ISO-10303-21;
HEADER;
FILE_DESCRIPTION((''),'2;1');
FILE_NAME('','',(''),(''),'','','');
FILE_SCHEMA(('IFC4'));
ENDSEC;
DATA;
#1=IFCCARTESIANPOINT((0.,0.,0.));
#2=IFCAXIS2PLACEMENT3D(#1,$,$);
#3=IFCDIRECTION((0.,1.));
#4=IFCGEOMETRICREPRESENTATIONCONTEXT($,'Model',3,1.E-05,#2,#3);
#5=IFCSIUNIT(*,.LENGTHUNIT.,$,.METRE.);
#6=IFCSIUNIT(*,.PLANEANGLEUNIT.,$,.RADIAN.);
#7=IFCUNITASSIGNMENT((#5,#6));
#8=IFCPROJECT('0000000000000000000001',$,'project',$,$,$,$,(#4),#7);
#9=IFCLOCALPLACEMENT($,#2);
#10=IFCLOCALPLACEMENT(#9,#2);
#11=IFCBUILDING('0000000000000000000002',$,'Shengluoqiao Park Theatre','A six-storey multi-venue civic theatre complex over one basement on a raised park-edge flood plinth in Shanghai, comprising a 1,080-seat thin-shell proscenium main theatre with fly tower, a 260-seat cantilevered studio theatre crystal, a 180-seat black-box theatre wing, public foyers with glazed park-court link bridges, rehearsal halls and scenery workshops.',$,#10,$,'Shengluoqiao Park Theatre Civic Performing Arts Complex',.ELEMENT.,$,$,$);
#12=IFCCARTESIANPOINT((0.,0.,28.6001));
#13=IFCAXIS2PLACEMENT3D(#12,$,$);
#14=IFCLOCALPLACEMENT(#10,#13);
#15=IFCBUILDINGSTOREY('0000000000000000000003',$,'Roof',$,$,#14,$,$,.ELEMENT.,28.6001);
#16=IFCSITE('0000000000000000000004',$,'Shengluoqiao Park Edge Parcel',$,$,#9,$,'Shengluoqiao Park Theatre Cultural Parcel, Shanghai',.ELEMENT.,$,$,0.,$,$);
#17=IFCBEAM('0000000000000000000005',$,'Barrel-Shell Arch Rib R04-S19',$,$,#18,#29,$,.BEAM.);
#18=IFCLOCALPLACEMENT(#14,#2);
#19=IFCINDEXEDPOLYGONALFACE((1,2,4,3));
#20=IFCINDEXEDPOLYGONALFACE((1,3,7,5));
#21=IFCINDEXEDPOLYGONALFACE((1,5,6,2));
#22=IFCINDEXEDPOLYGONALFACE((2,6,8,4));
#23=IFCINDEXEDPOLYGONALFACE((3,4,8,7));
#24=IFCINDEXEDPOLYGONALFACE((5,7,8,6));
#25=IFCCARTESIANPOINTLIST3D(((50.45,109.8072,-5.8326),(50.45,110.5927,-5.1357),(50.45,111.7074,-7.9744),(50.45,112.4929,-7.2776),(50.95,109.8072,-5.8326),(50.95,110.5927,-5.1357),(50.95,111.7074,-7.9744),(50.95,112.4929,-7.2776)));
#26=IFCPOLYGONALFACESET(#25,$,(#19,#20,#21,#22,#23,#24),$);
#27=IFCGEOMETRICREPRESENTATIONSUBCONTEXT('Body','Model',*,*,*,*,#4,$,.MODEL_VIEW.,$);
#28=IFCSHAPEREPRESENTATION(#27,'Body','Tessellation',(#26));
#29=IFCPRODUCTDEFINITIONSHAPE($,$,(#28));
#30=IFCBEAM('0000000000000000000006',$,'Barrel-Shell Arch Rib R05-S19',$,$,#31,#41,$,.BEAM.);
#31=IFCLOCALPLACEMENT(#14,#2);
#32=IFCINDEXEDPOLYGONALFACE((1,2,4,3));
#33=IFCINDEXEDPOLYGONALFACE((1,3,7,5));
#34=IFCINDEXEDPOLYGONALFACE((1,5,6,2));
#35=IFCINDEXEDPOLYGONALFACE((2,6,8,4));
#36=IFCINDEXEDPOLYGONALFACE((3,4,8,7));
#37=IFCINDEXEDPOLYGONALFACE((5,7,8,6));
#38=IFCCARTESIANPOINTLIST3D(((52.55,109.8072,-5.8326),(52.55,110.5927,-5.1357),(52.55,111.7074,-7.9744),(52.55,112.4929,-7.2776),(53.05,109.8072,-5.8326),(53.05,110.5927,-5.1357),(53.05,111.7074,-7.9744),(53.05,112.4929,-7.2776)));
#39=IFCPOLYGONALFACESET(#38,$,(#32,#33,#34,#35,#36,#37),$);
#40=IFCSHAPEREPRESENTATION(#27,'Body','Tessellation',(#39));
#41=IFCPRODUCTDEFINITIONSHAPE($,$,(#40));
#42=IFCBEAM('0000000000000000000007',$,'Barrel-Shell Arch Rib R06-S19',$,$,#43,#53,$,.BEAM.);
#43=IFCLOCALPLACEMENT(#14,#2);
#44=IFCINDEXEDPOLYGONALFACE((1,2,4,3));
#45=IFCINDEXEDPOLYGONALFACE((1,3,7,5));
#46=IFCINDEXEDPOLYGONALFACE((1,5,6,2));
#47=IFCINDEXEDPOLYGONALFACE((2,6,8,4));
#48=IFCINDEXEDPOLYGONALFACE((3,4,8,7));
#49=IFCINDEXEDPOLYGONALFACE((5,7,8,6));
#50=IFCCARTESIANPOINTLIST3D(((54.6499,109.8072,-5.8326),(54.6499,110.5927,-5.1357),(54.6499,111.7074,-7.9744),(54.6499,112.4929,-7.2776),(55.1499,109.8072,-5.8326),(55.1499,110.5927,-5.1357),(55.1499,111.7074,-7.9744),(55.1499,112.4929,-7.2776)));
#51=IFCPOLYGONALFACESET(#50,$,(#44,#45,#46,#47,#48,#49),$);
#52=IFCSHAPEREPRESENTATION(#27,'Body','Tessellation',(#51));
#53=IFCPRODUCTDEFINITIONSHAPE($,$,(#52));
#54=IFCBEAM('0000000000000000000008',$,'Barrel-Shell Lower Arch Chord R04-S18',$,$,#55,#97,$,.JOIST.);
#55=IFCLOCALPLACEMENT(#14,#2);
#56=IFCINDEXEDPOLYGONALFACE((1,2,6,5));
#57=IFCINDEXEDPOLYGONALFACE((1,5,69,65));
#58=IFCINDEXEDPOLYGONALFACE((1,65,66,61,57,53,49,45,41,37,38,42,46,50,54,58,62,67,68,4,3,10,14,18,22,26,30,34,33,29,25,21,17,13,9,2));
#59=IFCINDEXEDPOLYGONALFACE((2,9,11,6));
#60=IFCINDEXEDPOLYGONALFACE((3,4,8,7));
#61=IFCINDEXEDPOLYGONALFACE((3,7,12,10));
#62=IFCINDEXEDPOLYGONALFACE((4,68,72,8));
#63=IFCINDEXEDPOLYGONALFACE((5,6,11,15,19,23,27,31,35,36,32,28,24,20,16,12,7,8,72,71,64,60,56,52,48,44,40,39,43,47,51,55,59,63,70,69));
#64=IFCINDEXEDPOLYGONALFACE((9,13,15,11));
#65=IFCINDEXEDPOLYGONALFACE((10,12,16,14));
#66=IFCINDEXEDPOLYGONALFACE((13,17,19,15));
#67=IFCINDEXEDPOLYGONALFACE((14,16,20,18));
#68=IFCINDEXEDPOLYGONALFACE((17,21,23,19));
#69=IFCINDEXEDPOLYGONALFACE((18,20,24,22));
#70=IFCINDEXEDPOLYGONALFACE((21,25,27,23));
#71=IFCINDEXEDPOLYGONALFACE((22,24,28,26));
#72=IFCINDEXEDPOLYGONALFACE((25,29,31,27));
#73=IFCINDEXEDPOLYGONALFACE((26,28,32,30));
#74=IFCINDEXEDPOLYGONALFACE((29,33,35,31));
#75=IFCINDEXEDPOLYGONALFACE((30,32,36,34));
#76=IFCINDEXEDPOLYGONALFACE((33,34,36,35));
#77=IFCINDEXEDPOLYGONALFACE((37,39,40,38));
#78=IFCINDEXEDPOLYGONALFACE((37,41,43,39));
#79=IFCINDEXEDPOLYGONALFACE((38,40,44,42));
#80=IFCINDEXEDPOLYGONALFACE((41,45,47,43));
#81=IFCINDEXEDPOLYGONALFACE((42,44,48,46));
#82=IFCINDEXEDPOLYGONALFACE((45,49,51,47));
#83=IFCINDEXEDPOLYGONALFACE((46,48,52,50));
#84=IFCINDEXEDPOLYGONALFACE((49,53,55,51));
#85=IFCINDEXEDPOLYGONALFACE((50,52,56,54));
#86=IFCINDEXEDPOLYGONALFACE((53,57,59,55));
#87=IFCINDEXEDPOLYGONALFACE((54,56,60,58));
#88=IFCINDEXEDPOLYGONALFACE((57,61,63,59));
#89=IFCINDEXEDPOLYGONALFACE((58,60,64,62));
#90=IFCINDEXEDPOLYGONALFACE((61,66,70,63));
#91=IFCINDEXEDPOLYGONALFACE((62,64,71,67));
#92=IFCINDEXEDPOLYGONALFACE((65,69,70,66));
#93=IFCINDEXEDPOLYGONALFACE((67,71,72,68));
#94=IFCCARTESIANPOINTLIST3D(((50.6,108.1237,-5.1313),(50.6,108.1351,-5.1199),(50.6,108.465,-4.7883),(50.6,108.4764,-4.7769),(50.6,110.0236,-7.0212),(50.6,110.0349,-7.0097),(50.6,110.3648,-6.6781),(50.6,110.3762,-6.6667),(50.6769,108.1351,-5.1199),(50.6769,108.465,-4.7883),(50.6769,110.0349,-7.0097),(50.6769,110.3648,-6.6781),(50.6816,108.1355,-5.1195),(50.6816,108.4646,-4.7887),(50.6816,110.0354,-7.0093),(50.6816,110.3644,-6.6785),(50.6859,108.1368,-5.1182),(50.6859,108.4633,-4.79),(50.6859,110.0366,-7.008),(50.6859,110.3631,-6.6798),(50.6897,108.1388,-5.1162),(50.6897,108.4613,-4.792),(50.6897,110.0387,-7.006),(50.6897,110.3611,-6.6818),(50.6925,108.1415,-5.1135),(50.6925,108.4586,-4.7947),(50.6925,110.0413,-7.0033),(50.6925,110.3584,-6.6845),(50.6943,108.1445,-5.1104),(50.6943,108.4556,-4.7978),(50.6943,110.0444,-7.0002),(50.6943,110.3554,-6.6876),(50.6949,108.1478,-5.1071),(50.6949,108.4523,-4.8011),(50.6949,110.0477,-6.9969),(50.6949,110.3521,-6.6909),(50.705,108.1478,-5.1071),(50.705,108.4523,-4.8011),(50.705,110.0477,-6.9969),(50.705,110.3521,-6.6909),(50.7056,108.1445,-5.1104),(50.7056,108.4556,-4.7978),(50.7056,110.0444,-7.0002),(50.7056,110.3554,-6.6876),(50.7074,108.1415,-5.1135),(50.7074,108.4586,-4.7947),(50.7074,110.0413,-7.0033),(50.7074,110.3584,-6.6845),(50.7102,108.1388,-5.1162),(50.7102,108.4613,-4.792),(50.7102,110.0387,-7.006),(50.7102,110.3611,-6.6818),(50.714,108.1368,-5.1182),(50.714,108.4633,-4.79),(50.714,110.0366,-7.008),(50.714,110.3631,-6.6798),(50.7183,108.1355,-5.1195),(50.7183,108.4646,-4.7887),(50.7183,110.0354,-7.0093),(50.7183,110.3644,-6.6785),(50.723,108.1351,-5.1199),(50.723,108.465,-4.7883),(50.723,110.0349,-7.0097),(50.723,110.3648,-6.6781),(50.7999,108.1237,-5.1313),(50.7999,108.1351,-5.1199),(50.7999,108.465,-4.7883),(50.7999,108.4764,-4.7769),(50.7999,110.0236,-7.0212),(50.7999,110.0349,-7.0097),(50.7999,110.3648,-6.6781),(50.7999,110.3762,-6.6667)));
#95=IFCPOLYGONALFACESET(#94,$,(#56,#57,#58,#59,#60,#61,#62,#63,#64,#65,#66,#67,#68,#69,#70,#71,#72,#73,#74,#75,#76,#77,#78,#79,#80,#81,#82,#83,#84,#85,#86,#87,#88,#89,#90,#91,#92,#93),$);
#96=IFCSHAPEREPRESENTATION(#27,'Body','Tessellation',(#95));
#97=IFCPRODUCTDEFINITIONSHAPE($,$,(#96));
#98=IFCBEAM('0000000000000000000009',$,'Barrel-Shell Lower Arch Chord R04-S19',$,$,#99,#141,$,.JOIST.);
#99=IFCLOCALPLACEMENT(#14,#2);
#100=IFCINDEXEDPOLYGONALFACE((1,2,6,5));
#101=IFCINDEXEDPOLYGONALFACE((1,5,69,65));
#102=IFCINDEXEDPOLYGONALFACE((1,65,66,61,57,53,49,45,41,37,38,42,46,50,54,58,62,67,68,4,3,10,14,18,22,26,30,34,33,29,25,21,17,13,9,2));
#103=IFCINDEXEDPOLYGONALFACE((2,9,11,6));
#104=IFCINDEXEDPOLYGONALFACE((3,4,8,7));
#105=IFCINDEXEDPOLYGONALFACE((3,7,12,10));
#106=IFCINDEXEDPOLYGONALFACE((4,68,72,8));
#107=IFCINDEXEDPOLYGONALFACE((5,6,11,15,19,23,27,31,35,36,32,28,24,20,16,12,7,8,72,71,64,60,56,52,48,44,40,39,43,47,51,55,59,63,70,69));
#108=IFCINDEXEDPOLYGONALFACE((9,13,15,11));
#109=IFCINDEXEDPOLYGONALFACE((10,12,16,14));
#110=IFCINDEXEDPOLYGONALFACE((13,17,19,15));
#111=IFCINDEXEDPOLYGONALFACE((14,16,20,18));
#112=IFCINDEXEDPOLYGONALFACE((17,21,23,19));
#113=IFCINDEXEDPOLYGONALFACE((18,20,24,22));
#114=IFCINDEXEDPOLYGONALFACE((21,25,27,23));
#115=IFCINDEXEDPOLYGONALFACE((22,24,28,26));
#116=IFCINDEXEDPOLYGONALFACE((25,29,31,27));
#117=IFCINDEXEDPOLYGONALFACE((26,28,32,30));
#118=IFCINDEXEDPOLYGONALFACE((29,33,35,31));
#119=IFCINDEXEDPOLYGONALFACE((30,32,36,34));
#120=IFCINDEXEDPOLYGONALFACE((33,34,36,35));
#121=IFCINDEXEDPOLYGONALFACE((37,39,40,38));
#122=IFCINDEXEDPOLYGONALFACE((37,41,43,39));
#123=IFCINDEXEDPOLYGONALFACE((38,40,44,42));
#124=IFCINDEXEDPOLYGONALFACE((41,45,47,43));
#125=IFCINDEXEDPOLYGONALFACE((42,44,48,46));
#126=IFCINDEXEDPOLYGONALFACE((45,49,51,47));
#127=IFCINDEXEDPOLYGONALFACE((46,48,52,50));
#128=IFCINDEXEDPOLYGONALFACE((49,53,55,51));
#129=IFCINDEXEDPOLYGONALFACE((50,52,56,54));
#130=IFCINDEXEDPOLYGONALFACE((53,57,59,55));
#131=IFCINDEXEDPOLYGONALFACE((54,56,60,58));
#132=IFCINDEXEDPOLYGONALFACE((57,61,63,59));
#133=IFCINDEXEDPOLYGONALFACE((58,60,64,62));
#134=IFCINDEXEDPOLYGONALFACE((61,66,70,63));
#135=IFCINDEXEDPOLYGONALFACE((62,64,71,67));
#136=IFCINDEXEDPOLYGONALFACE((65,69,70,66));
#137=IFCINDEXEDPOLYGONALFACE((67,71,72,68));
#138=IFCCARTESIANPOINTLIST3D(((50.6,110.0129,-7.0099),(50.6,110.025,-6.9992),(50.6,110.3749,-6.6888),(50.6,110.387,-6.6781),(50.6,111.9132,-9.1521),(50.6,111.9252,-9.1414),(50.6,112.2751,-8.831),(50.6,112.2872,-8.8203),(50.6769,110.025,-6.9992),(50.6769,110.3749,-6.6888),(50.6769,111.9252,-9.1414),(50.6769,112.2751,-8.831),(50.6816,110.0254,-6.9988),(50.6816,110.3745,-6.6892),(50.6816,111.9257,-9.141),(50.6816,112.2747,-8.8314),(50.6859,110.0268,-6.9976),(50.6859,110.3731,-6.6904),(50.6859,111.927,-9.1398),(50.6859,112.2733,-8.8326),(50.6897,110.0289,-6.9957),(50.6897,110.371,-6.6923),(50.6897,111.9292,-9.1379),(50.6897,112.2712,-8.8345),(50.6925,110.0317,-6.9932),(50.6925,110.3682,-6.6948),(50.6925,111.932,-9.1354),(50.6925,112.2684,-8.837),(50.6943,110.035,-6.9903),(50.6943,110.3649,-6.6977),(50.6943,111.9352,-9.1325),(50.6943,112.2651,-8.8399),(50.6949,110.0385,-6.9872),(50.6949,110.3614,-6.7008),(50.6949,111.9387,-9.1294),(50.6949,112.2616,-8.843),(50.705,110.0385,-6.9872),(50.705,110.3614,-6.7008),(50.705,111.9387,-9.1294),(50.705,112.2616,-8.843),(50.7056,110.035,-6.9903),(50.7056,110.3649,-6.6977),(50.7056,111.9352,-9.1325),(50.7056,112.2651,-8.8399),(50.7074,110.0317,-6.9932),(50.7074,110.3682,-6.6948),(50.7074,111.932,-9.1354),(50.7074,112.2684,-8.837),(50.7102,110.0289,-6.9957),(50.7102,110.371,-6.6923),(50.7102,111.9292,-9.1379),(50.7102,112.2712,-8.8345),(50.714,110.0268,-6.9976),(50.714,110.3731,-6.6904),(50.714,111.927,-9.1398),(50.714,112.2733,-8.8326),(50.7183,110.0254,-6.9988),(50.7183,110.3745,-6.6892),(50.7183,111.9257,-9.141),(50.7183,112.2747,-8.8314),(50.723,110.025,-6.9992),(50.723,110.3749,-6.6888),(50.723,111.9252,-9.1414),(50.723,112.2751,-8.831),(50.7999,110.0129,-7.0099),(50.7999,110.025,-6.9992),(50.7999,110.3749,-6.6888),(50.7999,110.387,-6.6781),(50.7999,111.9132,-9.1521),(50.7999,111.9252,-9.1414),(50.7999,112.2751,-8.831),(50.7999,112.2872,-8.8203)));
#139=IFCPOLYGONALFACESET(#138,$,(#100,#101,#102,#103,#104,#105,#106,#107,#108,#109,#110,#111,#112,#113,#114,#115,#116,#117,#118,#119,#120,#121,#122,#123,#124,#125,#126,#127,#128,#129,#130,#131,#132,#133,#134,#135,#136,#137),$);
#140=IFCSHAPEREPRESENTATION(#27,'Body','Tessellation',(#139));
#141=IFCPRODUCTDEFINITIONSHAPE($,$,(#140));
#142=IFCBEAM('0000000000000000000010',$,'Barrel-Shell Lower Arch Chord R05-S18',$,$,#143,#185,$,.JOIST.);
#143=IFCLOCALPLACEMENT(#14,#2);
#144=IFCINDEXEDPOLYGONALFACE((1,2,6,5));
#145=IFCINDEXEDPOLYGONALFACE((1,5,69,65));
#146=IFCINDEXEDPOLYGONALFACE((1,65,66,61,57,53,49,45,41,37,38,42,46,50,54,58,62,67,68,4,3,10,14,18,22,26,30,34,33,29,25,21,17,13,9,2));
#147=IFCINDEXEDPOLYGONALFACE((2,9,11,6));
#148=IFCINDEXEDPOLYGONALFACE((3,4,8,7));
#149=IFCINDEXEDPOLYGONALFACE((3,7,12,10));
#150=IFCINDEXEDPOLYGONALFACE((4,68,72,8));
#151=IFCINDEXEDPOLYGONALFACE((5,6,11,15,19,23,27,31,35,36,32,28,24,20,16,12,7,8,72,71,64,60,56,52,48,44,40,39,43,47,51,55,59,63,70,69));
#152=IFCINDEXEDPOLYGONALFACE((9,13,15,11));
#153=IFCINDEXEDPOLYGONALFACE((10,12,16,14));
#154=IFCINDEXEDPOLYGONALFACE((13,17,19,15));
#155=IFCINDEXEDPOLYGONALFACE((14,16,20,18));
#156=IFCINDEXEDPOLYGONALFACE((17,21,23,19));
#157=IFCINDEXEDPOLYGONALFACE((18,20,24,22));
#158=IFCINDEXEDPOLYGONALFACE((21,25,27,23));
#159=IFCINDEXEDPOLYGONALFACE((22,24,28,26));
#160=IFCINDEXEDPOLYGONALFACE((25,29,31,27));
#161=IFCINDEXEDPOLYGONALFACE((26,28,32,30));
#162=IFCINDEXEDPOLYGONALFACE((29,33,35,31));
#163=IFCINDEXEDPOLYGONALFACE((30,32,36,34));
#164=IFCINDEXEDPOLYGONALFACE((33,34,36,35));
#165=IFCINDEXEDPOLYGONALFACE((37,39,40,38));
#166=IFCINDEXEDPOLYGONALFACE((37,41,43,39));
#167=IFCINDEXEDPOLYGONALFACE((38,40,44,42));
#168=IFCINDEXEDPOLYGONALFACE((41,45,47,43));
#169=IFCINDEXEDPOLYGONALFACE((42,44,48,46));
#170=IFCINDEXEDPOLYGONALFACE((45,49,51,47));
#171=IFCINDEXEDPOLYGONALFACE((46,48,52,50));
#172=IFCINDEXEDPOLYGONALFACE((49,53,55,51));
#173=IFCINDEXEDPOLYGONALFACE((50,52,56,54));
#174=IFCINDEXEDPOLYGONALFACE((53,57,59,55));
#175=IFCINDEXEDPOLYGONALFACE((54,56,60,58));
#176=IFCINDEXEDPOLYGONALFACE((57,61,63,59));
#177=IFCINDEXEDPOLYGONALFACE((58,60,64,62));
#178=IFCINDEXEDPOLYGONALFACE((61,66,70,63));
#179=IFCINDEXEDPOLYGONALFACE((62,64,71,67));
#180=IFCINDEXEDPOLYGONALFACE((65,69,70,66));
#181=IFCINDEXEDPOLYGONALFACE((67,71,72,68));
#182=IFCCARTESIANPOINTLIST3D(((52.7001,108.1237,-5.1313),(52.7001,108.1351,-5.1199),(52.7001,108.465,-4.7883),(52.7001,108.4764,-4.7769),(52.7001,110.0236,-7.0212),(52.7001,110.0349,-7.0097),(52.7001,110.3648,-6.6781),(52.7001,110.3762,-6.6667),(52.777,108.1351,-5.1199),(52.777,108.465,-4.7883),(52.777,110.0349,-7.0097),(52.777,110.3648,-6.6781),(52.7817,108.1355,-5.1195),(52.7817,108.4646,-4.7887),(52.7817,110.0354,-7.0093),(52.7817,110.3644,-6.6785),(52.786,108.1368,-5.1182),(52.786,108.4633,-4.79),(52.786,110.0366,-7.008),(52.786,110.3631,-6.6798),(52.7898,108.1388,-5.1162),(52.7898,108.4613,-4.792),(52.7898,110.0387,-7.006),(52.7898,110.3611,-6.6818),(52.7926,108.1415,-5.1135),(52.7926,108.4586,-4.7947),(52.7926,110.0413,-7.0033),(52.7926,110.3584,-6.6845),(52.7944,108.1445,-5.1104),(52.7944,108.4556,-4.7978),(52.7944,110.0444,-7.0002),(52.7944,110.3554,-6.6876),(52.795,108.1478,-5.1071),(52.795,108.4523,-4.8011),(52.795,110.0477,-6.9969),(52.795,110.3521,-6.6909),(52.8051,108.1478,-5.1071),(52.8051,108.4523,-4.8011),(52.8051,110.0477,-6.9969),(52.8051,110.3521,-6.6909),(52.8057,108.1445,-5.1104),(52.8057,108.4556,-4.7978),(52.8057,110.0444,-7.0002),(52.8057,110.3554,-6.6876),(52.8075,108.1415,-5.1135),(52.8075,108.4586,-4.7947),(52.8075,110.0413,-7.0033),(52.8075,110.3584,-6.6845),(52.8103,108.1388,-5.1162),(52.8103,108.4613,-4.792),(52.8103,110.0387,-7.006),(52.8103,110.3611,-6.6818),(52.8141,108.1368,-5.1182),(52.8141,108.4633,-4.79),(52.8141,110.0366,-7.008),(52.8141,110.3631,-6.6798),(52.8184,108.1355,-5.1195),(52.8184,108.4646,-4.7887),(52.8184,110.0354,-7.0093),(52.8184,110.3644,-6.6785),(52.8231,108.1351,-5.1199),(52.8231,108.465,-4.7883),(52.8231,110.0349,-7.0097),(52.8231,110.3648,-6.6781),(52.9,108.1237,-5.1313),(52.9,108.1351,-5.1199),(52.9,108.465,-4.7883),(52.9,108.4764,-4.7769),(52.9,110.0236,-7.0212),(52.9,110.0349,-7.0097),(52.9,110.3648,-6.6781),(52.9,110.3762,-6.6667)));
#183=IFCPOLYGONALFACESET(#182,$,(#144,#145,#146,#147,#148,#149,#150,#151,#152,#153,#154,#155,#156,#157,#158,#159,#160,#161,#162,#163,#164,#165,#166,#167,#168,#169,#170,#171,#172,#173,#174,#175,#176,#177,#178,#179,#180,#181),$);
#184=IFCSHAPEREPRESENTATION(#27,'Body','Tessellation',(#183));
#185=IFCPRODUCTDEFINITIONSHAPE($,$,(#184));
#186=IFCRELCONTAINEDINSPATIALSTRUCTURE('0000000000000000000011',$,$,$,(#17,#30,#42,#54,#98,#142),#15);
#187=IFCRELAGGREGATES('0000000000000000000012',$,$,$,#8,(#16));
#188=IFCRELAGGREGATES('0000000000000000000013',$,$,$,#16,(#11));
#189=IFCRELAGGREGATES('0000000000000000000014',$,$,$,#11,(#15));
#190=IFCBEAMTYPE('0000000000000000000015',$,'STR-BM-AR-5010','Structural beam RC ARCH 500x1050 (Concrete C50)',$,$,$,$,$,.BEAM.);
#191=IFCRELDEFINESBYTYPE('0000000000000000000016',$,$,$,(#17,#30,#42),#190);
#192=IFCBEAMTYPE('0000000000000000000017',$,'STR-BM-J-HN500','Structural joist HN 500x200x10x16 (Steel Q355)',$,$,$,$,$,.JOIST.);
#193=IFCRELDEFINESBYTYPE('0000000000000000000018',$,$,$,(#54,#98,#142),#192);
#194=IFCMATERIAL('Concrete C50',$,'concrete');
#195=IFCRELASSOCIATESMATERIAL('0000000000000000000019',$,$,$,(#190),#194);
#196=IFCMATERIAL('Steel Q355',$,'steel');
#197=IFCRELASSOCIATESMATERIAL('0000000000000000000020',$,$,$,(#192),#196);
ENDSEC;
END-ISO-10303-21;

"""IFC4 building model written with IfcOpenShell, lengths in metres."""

from ifc_helpers import new_model, si_unit, direction, frame, origin, origin_2d, place, context, subcontext, project, spatial, rectangle, i_section, extrude, material, material_profile, profile_set, type_object, element, save


model = new_model("IFC4")

# Units and contexts
model_context = context("Model", 3, precision=1e-05, world=origin(), true_north=direction((0.0, 1.0)))
body_context = subcontext(model_context, "Body", "Model", "MODEL_VIEW")
ifc_project = project(units=[si_unit("LENGTHUNIT", "METRE"), si_unit("PLANEANGLEUNIT", "RADIAN")], contexts=[model_context])

# Site, building, storey
site_placement = place(None, origin())
site = spatial("IfcSite", under=ifc_project, at=site_placement, Name="Shengluoqiao Park Edge Parcel", LongName="Shengluoqiao Park Theatre Cultural Parcel, Shanghai", CompositionType="ELEMENT", RefElevation=0.0)
building_placement = place(site_placement, origin())
building = spatial("IfcBuilding", under=site, at=building_placement, Name="Shengluoqiao Park Theatre", Description="A six-storey multi-venue civic theatre complex over one basement on a raised park-edge flood plinth in Shanghai, comprising a 1,080-seat thin-shell proscenium main theatre with fly tower, a 260-seat cantilevered studio theatre crystal, a 180-seat black-box theatre wing, public foyers with glazed park-court link bridges, rehearsal halls and scenery workshops.", LongName="Shengluoqiao Park Theatre Civic Performing Arts Complex", CompositionType="ELEMENT")
storey_placement = place(building_placement, frame((0.0, 0.0, 28.6001)))
storey = spatial("IfcBuildingStorey", under=building, at=storey_placement, Name="Roof", CompositionType="ELEMENT", Elevation=28.6001)

# Beams
ifc_material_1 = material(Name="Concrete C50", Category="concrete")
ifc_material_profile_1 = material_profile(ifc_material_1, rectangle(XDim=0.5, YDim=1.05, at=origin_2d()), Name="RC ARCH 500x1050")
ifc_profile_set_1 = profile_set([ifc_material_profile_1], Name="Concrete C50")
beam_type_1 = type_object("IfcBeamType", Name="STR-BM-AR-5010", Description="Structural beam RC ARCH 500x1050 (Concrete C50)", PredefinedType="BEAM", material=ifc_profile_set_1)
for number, where, z_axis, x_axis, name in (
    (1, (50.7, 110.2, -5.4841), (0.0, 0.663638, -0.748053), (-1.0, 0.0, 0.0), "Barrel-Shell Arch Rib R04-S19"),
    (2, (52.8, 110.2, -5.4841), (0.0, 0.663638, -0.748053), (-1.0, 0.0, 0.0), "Barrel-Shell Arch Rib R05-S19"),
    (3, (54.8999, 110.2, -5.4841), (0.0, 0.663638, -0.748053), (-1.0, 0.0, 0.0), "Barrel-Shell Arch Rib R06-S19"),
):
    element("IfcBeam", number, at=place(storey_placement, frame(where, z_axis=z_axis, x_axis=x_axis)), inside=storey, type_object=beam_type_1, Name=name, PredefinedType="BEAM", context=body_context, shape_type="SweptSolid", body=[
        extrude(rectangle(XDim=0.5, YDim=1.05, at=origin_2d()), origin(), (0.0, 0.0, 1.0), 2.8633),
    ])
ifc_material_2 = material(Name="Steel Q355", Category="steel")
ifc_material_profile_2 = material_profile(ifc_material_2, i_section(OverallWidth=0.2, OverallDepth=0.5, WebThickness=0.01, FlangeThickness=0.0161, FilletRadius=0.0181, at=origin_2d()), Name="HN 500x200x10x16")
ifc_profile_set_2 = profile_set([ifc_material_profile_2], Name="Steel Q355")
beam_type_2 = type_object("IfcBeamType", Name="STR-BM-J-HN500", Description="Structural joist HN 500x200x10x16 (Steel Q355)", PredefinedType="JOIST", material=ifc_profile_set_2)
beam_1_placement = place(storey_placement, frame((50.7, 108.3, -4.9541), z_axis=(0.0, 0.708972, -0.705237), x_axis=(-1.0, 0.0, 0.0)))
element("IfcBeam", 4, at=beam_1_placement, inside=storey, type_object=beam_type_2, Name="Barrel-Shell Lower Arch Chord R04-S18", PredefinedType="JOIST", context=body_context, shape_type="SweptSolid", body=[
    extrude(i_section(OverallWidth=0.2, OverallDepth=0.5, WebThickness=0.01, FlangeThickness=0.0161, FilletRadius=0.0181, at=origin_2d()), origin(), (0.0, 0.0, 1.0), 2.6797),
])
beam_2_placement = place(storey_placement, frame((50.7, 110.2, -6.844), z_axis=(0.0, 0.663596, -0.748091), x_axis=(-1.0, 0.0, 0.0)))
element("IfcBeam", 5, at=beam_2_placement, inside=storey, type_object=beam_type_2, Name="Barrel-Shell Lower Arch Chord R04-S19", PredefinedType="JOIST", context=body_context, shape_type="SweptSolid", body=[
    extrude(i_section(OverallWidth=0.2, OverallDepth=0.5, WebThickness=0.01, FlangeThickness=0.0161, FilletRadius=0.0181, at=origin_2d()), origin(), (0.0, 0.0, 1.0), 2.8635),
])
beam_3_placement = place(storey_placement, frame((52.8, 108.3, -4.9541), z_axis=(0.0, 0.708972, -0.705237), x_axis=(-1.0, 0.0, 0.0)))
element("IfcBeam", 6, at=beam_3_placement, inside=storey, type_object=beam_type_2, Name="Barrel-Shell Lower Arch Chord R05-S18", PredefinedType="JOIST", context=body_context, shape_type="SweptSolid", body=[
    extrude(i_section(OverallWidth=0.2, OverallDepth=0.5, WebThickness=0.01, FlangeThickness=0.0161, FilletRadius=0.0181, at=origin_2d()), origin(), (0.0, 0.0, 1.0), 2.6797),
])

save(model, "model.ifc")
